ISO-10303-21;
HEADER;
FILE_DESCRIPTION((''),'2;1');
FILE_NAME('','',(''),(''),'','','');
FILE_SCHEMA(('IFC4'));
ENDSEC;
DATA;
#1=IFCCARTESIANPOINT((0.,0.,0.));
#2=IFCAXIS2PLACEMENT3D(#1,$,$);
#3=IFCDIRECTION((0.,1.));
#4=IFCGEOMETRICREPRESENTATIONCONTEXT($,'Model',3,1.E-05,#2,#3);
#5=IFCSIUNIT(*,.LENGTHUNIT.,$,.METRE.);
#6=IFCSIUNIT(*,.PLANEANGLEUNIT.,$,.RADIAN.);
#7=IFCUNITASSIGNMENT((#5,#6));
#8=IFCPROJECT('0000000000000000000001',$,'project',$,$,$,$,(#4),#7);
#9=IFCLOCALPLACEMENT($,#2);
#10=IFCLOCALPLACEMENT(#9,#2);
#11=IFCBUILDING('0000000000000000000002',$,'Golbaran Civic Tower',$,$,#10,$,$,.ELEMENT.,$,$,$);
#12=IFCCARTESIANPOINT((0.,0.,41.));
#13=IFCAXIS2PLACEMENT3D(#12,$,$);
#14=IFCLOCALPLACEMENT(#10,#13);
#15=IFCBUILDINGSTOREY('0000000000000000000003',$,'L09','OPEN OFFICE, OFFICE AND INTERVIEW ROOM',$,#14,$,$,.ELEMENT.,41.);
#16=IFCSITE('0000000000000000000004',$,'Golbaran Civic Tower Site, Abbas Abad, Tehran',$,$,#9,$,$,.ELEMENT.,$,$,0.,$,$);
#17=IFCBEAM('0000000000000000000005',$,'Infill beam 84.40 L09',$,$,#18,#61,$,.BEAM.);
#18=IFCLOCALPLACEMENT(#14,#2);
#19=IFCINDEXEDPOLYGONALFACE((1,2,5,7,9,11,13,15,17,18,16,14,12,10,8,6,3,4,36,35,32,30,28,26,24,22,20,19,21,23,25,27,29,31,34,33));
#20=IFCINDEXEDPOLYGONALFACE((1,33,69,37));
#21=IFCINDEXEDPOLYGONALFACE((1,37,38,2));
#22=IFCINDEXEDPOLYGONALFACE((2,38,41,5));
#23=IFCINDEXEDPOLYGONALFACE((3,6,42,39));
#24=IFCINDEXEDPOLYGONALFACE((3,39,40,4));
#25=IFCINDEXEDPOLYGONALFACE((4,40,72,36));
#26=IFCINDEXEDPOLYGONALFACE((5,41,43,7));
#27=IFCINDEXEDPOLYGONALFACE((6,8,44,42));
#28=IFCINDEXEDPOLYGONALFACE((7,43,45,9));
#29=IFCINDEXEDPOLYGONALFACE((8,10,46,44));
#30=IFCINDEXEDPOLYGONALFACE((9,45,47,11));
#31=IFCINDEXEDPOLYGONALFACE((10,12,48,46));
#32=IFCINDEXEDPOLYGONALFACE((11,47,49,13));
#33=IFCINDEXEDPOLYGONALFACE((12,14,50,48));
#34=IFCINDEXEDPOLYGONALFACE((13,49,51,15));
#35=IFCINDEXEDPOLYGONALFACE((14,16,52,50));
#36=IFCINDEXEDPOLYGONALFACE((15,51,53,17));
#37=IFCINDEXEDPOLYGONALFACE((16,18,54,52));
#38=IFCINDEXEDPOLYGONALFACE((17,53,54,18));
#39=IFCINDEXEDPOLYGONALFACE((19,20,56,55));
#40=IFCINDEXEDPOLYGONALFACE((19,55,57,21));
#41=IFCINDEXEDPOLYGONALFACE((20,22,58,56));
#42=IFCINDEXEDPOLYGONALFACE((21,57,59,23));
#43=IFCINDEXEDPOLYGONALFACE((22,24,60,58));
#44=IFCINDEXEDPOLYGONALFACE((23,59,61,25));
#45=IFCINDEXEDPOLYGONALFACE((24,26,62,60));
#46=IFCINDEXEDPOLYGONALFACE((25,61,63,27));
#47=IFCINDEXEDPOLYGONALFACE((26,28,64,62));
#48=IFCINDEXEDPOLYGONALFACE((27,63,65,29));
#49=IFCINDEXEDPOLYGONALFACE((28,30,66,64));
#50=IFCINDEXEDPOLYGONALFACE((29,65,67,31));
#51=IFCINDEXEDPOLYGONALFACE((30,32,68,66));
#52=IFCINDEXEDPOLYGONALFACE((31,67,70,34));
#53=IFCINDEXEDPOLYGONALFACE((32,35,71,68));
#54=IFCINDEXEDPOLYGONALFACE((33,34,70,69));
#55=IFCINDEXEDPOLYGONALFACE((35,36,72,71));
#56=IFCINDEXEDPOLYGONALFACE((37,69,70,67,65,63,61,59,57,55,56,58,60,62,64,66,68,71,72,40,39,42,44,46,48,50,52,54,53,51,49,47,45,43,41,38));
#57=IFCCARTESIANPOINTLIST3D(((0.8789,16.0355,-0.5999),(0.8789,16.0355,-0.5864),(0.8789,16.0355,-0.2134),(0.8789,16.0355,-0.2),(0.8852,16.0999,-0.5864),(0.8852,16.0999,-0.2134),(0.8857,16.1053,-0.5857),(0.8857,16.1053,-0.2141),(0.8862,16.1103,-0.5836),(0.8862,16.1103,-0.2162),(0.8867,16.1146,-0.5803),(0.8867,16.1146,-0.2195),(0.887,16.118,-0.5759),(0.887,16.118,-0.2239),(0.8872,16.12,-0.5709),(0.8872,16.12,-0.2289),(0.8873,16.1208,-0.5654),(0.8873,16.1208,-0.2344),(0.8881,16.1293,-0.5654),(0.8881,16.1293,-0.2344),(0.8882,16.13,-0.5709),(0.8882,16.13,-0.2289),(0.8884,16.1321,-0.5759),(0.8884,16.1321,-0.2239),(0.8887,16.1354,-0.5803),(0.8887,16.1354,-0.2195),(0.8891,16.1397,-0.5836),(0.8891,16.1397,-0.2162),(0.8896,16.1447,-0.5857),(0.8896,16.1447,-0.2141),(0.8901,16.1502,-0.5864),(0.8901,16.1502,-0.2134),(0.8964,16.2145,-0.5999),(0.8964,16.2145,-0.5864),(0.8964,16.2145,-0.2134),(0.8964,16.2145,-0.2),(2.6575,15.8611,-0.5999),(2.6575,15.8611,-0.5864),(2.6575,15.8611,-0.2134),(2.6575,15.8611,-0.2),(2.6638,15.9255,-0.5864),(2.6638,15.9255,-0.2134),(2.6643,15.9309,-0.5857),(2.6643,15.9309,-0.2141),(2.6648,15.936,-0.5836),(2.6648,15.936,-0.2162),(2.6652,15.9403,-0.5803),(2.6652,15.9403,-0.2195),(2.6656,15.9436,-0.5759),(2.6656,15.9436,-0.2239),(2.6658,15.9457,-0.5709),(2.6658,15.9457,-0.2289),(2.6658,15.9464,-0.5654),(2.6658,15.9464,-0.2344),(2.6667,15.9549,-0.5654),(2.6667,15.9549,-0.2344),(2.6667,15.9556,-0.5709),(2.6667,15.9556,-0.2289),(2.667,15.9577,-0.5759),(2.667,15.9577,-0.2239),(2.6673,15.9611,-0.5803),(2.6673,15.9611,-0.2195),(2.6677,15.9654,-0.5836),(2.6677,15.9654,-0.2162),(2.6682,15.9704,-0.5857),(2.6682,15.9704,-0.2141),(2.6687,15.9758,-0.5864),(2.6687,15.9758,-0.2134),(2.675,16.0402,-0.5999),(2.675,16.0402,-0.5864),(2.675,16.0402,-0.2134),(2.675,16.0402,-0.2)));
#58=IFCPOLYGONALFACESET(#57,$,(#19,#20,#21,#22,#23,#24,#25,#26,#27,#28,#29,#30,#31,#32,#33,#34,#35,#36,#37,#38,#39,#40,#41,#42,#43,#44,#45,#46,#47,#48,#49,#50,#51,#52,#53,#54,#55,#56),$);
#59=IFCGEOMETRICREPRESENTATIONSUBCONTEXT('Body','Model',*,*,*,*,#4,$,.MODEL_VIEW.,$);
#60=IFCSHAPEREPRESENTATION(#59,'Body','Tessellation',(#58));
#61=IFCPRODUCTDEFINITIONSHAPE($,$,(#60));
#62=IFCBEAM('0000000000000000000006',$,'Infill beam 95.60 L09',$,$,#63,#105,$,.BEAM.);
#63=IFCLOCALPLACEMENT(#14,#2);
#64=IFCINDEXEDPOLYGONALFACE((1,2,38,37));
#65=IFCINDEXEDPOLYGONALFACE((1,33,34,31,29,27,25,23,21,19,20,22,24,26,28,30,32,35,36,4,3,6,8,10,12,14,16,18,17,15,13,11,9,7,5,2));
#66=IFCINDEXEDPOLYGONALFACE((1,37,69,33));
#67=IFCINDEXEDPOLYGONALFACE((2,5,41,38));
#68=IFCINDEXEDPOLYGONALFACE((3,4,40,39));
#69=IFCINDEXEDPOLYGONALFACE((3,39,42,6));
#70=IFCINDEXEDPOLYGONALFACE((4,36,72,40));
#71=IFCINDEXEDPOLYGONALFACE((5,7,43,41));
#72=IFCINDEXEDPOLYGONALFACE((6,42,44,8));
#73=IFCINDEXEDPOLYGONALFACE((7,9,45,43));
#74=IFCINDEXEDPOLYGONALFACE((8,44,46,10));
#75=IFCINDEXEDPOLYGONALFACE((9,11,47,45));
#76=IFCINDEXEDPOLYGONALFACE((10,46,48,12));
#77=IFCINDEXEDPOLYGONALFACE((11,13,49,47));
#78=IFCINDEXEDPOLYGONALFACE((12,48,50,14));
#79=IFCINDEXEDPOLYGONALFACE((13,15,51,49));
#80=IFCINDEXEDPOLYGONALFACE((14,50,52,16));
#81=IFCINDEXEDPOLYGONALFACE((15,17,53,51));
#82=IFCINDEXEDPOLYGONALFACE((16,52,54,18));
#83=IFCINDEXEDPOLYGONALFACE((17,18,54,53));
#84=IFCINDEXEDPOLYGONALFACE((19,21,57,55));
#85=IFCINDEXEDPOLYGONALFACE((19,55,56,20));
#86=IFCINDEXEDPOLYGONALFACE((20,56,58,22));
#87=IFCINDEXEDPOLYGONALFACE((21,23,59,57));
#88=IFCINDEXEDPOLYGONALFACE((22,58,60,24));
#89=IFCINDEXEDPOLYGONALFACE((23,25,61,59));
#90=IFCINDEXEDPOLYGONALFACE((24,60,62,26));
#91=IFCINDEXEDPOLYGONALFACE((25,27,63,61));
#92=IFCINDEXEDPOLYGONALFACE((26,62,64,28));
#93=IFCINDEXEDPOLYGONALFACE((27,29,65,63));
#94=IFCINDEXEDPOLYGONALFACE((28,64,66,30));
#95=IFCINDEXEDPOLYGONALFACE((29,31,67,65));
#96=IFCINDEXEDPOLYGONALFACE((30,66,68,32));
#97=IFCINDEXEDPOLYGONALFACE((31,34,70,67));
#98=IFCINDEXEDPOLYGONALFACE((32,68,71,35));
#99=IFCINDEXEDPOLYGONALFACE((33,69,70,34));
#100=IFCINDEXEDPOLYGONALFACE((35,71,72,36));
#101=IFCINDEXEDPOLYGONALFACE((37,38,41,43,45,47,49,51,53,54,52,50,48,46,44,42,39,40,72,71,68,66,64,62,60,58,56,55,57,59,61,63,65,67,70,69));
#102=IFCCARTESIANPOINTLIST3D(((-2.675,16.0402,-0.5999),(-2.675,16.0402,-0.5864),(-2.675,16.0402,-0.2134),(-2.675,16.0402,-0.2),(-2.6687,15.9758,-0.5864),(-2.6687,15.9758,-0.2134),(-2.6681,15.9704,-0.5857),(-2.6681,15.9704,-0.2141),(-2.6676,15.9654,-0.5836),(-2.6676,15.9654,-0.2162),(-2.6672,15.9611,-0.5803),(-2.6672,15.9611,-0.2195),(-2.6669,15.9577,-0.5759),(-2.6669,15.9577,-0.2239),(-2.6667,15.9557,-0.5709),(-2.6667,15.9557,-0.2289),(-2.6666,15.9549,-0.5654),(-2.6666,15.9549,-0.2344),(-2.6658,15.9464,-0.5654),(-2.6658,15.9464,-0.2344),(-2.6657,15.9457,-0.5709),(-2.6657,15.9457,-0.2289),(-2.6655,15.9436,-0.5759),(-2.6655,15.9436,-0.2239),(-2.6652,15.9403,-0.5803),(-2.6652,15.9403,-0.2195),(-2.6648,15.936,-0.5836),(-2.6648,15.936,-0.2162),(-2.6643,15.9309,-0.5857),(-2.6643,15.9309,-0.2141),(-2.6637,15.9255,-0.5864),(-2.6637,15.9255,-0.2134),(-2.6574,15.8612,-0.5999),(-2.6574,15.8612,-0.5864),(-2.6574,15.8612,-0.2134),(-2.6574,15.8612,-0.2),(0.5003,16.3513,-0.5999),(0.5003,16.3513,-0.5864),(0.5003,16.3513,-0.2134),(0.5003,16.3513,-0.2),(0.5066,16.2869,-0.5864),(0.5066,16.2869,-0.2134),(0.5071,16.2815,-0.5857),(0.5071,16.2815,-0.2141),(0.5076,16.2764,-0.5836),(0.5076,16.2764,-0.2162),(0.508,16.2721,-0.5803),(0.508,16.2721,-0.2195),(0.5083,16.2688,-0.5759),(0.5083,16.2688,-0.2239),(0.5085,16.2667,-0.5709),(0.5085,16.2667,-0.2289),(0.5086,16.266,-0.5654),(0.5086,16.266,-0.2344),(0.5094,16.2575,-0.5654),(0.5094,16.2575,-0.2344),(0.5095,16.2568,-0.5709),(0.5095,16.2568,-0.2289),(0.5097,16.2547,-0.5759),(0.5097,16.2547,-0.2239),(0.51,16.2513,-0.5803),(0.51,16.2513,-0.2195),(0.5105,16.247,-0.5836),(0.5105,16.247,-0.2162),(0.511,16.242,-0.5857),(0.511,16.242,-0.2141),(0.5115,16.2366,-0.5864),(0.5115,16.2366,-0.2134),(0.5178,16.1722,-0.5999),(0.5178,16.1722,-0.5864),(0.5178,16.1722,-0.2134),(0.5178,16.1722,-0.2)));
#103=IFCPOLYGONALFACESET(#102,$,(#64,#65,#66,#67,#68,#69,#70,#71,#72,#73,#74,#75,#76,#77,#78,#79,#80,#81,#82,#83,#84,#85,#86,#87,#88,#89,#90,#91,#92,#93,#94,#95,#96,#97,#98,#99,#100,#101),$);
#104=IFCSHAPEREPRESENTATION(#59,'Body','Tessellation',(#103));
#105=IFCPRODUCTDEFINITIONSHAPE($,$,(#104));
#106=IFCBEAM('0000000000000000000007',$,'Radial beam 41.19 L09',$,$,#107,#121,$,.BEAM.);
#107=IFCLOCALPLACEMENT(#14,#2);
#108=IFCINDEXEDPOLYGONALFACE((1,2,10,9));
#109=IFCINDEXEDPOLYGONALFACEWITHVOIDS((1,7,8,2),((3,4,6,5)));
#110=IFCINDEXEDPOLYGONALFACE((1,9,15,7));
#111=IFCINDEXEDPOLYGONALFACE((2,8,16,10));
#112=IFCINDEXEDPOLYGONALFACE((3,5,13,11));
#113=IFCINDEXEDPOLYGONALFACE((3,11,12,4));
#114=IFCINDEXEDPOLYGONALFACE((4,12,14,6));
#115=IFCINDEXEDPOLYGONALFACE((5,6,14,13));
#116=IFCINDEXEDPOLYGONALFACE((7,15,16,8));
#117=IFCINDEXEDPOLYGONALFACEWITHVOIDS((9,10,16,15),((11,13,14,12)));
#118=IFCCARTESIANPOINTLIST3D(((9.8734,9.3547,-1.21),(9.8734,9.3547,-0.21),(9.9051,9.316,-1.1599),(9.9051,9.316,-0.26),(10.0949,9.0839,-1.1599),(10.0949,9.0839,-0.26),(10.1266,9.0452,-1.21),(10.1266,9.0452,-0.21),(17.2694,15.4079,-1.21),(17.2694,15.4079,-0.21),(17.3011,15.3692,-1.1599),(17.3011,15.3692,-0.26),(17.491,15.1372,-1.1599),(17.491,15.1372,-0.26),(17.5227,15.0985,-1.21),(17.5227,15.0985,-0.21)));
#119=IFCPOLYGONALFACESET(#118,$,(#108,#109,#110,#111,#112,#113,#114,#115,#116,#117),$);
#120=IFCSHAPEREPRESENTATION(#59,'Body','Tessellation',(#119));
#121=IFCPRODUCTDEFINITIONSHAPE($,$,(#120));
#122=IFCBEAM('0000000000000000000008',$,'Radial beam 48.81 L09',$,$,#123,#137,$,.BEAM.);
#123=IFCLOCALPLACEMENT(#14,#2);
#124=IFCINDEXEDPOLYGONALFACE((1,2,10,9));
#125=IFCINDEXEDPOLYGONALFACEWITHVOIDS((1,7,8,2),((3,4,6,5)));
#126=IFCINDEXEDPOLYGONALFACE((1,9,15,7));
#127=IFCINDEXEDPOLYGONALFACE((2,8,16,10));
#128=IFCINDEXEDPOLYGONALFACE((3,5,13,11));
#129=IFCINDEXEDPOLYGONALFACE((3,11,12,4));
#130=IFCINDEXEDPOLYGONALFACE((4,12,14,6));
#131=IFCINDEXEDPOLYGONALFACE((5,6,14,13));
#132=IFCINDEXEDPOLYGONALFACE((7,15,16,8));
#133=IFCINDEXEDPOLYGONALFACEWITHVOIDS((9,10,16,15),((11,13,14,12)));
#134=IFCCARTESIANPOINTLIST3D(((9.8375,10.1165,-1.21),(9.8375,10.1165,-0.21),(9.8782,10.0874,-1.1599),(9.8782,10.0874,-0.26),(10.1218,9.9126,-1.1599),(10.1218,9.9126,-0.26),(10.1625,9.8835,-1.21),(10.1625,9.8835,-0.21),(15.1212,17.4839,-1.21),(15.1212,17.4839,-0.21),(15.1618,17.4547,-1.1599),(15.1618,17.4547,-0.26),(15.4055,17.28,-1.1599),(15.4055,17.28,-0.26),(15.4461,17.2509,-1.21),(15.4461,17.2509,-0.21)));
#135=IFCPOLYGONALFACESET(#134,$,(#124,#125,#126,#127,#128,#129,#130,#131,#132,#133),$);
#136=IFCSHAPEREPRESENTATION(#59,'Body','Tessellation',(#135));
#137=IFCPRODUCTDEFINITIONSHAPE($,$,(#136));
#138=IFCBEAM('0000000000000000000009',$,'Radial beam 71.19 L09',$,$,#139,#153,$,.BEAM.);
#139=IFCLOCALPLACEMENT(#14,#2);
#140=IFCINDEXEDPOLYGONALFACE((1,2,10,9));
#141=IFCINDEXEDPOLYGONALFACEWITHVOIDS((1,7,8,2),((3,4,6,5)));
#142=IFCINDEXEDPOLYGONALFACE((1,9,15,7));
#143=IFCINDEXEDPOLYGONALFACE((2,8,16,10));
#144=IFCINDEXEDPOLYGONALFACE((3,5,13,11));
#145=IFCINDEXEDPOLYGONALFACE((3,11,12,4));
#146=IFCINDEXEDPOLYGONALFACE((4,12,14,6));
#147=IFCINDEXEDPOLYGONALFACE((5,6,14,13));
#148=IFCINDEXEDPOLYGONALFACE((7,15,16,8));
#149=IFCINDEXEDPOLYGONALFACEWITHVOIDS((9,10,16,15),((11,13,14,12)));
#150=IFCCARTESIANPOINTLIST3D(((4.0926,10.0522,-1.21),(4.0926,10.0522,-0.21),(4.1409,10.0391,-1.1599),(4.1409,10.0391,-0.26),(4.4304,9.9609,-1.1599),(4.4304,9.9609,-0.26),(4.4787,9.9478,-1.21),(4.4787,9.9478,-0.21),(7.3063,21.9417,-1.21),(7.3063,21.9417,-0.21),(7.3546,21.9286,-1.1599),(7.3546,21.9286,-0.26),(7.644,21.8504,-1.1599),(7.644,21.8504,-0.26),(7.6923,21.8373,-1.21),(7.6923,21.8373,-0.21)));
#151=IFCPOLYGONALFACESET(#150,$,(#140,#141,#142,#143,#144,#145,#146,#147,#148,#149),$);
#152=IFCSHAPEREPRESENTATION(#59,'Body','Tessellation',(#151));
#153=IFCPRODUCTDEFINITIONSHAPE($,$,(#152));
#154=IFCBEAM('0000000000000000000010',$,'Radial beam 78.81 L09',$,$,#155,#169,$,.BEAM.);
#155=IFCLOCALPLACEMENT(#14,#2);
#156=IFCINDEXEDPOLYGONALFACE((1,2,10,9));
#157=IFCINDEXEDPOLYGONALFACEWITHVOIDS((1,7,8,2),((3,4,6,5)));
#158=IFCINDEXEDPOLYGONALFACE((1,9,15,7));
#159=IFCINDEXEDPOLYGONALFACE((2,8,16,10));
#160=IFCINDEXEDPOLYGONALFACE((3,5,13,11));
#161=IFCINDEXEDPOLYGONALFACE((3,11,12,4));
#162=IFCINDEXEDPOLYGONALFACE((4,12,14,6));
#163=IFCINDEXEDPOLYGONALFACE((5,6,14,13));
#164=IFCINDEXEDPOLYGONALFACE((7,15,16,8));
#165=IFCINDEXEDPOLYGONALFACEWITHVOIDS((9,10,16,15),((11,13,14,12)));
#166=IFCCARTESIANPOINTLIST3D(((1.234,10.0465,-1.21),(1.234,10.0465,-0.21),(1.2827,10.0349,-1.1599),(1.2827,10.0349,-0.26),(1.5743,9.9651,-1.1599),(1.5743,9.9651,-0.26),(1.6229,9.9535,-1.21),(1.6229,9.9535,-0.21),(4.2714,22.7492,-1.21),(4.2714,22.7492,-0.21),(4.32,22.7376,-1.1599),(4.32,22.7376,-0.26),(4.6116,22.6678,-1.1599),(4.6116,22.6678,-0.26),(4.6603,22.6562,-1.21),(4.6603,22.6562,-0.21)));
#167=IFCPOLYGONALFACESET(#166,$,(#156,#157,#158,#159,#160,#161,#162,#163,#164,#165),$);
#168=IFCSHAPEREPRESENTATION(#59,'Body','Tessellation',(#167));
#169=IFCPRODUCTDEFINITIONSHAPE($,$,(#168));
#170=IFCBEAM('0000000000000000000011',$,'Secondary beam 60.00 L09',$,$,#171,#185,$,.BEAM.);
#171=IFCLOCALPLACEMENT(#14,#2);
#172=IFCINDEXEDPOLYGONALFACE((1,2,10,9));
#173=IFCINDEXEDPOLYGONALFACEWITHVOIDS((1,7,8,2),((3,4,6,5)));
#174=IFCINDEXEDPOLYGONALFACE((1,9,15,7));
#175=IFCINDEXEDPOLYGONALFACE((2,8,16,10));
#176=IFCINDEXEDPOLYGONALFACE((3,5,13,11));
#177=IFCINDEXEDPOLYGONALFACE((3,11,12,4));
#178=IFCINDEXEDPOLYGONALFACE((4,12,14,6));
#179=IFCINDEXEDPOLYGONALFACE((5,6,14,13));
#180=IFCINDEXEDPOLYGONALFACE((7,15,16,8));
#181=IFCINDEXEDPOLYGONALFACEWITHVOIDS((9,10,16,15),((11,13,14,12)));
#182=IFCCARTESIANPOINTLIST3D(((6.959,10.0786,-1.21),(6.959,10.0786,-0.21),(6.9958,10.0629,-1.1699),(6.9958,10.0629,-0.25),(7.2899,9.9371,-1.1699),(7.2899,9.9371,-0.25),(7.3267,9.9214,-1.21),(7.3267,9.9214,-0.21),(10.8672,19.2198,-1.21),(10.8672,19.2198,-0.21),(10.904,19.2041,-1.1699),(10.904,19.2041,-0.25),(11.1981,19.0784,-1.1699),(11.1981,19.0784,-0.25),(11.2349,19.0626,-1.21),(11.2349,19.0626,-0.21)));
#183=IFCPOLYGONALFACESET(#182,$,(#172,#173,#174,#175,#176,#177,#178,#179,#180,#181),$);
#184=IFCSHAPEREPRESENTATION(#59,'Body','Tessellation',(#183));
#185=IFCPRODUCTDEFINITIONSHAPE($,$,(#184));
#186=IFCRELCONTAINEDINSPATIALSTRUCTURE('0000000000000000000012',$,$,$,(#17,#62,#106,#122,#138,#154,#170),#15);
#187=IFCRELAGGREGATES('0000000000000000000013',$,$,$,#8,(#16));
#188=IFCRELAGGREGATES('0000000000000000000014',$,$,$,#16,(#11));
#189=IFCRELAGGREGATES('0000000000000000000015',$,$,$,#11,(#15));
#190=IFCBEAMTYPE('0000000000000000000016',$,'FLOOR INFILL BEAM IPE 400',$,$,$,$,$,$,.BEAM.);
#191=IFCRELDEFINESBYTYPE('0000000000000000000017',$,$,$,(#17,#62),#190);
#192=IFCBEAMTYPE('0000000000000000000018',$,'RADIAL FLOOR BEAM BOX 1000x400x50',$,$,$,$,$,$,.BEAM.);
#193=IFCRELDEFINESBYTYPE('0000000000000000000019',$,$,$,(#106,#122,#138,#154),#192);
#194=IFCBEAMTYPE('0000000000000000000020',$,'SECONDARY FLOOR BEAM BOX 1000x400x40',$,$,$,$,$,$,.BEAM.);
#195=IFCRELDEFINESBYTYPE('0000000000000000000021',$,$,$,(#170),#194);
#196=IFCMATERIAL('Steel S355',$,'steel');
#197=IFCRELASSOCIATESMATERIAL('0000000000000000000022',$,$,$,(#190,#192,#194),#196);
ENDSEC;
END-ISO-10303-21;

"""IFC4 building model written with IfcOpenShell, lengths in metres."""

from ifc_helpers import new_model, si_unit, direction, frame, origin, origin_2d, place, context, subcontext, project, spatial, hollow_rectangle, i_section, extrude, material, material_profile, profile_set, type_object, element, save


model = new_model("IFC4")

# Units and contexts
model_context = context("Model", 3, precision=1e-05, world=origin(), true_north=direction((0.0, 1.0)))
body_context = subcontext(model_context, "Body", "Model", "MODEL_VIEW")
ifc_project = project(units=[si_unit("LENGTHUNIT", "METRE"), si_unit("PLANEANGLEUNIT", "RADIAN")], contexts=[model_context])

# Site, building, storey
site_placement = place(None, origin())
site = spatial("IfcSite", under=ifc_project, at=site_placement, Name="Golbaran Civic Tower Site, Abbas Abad, Tehran", CompositionType="ELEMENT", RefElevation=0.0)
building_placement = place(site_placement, origin())
building = spatial("IfcBuilding", under=site, at=building_placement, Name="Golbaran Civic Tower", CompositionType="ELEMENT")
storey_placement = place(building_placement, frame((0.0, 0.0, 41.0)))
storey = spatial("IfcBuildingStorey", under=building, at=storey_placement, Name="L09", Description="OPEN OFFICE, OFFICE AND INTERVIEW ROOM", CompositionType="ELEMENT", Elevation=41.0)

# Beams
ifc_material_1 = material(Name="Steel S355", Category="steel")
ifc_material_profile_1 = material_profile(ifc_material_1, i_section(OverallWidth=0.1799, OverallDepth=0.3999, WebThickness=0.0085, FlangeThickness=0.0134, FilletRadius=0.021, at=origin_2d()), Name="IPE 400")
ifc_profile_set_1 = profile_set([ifc_material_profile_1], Name="Steel S355")
beam_type_1 = type_object("IfcBeamType", Name="FLOOR INFILL BEAM IPE 400", PredefinedType="BEAM", material=ifc_profile_set_1)
beam_1_placement = place(storey_placement, frame((2.6663, 15.9507, -0.3999), z_axis=(-0.995231, 0.097542, 0.0), x_axis=(-0.097542, -0.995231, 0.0)))
element("IfcBeam", 1, at=beam_1_placement, inside=storey, type_object=beam_type_1, Name="Infill beam 84.40 L09", PredefinedType="BEAM", context=body_context, shape_type="SweptSolid", body=[
    extrude(i_section(OverallWidth=0.1799, OverallDepth=0.3999, WebThickness=0.0085, FlangeThickness=0.0134, FilletRadius=0.021, at=origin_2d()), origin(), (0.0, 0.0, 1.0), 1.7871),
])
beam_2_placement = place(storey_placement, frame((0.509, 16.2617, -0.3999), z_axis=(-0.995237, -0.097488, 0.0), x_axis=(0.097488, -0.995237, 0.0)))
element("IfcBeam", 2, at=beam_2_placement, inside=storey, type_object=beam_type_1, Name="Infill beam 95.60 L09", PredefinedType="BEAM", context=body_context, shape_type="SweptSolid", body=[
    extrude(i_section(OverallWidth=0.1799, OverallDepth=0.3999, WebThickness=0.0085, FlangeThickness=0.0134, FilletRadius=0.021, at=origin_2d()), origin(), (0.0, 0.0, 1.0), 3.1904),
])
ifc_material_profile_2 = material_profile(ifc_material_1, hollow_rectangle(XDim=0.3999, YDim=1.0, WallThickness=0.05, at=origin_2d()), Name="BOX 1000x400x50")
ifc_profile_set_2 = profile_set([ifc_material_profile_2], Name="Steel S355")
beam_type_2 = type_object("IfcBeamType", Name="RADIAL FLOOR BEAM BOX 1000x400x50", PredefinedType="BEAM", material=ifc_profile_set_2)
beam_3_placement = place(storey_placement, frame((10.0, 9.2, -0.71), z_axis=(0.773857, 0.63336, 0.0), x_axis=(-0.63336, 0.773857, 0.0)))
element("IfcBeam", 3, at=beam_3_placement, inside=storey, type_object=beam_type_2, Name="Radial beam 41.19 L09", PredefinedType="BEAM", context=body_context, shape_type="SweptSolid", body=[
    extrude(hollow_rectangle(XDim=0.3999, YDim=1.0, WallThickness=0.05, at=origin_2d()), origin(), (0.0, 0.0, 1.0), 9.5574),
])
beam_4_placement = place(storey_placement, frame((10.0, 10.0, -0.71), z_axis=(0.582788, 0.812624, 0.0), x_axis=(-0.812624, 0.582788, 0.0)))
element("IfcBeam", 4, at=beam_4_placement, inside=storey, type_object=beam_type_2, Name="Radial beam 48.81 L09", PredefinedType="BEAM", context=body_context, shape_type="SweptSolid", body=[
    extrude(hollow_rectangle(XDim=0.3999, YDim=1.0, WallThickness=0.05, at=origin_2d()), origin(), (0.0, 0.0, 1.0), 9.0662),
])
beam_5_placement = place(storey_placement, frame((4.2856, 10.0, -0.71), z_axis=(0.260929, 0.965358, 0.0), x_axis=(-0.965358, 0.260929, 0.0)))
element("IfcBeam", 5, at=beam_5_placement, inside=storey, type_object=beam_type_2, Name="Radial beam 71.19 L09", PredefinedType="BEAM", context=body_context, shape_type="SweptSolid", body=[
    extrude(hollow_rectangle(XDim=0.3999, YDim=1.0, WallThickness=0.05, at=origin_2d()), origin(), (0.0, 0.0, 1.0), 12.3162),
])
beam_6_placement = place(storey_placement, frame((1.4285, 10.0, -0.71), z_axis=(0.232556, 0.972583, 0.0), x_axis=(-0.972583, 0.232556, 0.0)))
element("IfcBeam", 6, at=beam_6_placement, inside=storey, type_object=beam_type_2, Name="Radial beam 78.81 L09", PredefinedType="BEAM", context=body_context, shape_type="SweptSolid", body=[
    extrude(hollow_rectangle(XDim=0.3999, YDim=1.0, WallThickness=0.05, at=origin_2d()), origin(), (0.0, 0.0, 1.0), 13.0608),
])
ifc_material_profile_3 = material_profile(ifc_material_1, hollow_rectangle(XDim=0.3999, YDim=1.0, WallThickness=0.04, at=origin_2d()), Name="BOX 1000x400x40")
ifc_profile_set_3 = profile_set([ifc_material_profile_3], Name="Steel S355")
beam_type_3 = type_object("IfcBeamType", Name="SECONDARY FLOOR BEAM BOX 1000x400x40", PredefinedType="BEAM", material=ifc_profile_set_3)
beam_7_placement = place(storey_placement, frame((7.1428, 10.0, -0.71), z_axis=(0.393119, 0.919488, 0.0), x_axis=(-0.919488, 0.393119, 0.0)))
element("IfcBeam", 7, at=beam_7_placement, inside=storey, type_object=beam_type_3, Name="Secondary beam 60.00 L09", PredefinedType="BEAM", context=body_context, shape_type="SweptSolid", body=[
    extrude(hollow_rectangle(XDim=0.3999, YDim=1.0, WallThickness=0.04, at=origin_2d()), origin(), (0.0, 0.0, 1.0), 9.9417),
])

save(model, "model.ifc")
